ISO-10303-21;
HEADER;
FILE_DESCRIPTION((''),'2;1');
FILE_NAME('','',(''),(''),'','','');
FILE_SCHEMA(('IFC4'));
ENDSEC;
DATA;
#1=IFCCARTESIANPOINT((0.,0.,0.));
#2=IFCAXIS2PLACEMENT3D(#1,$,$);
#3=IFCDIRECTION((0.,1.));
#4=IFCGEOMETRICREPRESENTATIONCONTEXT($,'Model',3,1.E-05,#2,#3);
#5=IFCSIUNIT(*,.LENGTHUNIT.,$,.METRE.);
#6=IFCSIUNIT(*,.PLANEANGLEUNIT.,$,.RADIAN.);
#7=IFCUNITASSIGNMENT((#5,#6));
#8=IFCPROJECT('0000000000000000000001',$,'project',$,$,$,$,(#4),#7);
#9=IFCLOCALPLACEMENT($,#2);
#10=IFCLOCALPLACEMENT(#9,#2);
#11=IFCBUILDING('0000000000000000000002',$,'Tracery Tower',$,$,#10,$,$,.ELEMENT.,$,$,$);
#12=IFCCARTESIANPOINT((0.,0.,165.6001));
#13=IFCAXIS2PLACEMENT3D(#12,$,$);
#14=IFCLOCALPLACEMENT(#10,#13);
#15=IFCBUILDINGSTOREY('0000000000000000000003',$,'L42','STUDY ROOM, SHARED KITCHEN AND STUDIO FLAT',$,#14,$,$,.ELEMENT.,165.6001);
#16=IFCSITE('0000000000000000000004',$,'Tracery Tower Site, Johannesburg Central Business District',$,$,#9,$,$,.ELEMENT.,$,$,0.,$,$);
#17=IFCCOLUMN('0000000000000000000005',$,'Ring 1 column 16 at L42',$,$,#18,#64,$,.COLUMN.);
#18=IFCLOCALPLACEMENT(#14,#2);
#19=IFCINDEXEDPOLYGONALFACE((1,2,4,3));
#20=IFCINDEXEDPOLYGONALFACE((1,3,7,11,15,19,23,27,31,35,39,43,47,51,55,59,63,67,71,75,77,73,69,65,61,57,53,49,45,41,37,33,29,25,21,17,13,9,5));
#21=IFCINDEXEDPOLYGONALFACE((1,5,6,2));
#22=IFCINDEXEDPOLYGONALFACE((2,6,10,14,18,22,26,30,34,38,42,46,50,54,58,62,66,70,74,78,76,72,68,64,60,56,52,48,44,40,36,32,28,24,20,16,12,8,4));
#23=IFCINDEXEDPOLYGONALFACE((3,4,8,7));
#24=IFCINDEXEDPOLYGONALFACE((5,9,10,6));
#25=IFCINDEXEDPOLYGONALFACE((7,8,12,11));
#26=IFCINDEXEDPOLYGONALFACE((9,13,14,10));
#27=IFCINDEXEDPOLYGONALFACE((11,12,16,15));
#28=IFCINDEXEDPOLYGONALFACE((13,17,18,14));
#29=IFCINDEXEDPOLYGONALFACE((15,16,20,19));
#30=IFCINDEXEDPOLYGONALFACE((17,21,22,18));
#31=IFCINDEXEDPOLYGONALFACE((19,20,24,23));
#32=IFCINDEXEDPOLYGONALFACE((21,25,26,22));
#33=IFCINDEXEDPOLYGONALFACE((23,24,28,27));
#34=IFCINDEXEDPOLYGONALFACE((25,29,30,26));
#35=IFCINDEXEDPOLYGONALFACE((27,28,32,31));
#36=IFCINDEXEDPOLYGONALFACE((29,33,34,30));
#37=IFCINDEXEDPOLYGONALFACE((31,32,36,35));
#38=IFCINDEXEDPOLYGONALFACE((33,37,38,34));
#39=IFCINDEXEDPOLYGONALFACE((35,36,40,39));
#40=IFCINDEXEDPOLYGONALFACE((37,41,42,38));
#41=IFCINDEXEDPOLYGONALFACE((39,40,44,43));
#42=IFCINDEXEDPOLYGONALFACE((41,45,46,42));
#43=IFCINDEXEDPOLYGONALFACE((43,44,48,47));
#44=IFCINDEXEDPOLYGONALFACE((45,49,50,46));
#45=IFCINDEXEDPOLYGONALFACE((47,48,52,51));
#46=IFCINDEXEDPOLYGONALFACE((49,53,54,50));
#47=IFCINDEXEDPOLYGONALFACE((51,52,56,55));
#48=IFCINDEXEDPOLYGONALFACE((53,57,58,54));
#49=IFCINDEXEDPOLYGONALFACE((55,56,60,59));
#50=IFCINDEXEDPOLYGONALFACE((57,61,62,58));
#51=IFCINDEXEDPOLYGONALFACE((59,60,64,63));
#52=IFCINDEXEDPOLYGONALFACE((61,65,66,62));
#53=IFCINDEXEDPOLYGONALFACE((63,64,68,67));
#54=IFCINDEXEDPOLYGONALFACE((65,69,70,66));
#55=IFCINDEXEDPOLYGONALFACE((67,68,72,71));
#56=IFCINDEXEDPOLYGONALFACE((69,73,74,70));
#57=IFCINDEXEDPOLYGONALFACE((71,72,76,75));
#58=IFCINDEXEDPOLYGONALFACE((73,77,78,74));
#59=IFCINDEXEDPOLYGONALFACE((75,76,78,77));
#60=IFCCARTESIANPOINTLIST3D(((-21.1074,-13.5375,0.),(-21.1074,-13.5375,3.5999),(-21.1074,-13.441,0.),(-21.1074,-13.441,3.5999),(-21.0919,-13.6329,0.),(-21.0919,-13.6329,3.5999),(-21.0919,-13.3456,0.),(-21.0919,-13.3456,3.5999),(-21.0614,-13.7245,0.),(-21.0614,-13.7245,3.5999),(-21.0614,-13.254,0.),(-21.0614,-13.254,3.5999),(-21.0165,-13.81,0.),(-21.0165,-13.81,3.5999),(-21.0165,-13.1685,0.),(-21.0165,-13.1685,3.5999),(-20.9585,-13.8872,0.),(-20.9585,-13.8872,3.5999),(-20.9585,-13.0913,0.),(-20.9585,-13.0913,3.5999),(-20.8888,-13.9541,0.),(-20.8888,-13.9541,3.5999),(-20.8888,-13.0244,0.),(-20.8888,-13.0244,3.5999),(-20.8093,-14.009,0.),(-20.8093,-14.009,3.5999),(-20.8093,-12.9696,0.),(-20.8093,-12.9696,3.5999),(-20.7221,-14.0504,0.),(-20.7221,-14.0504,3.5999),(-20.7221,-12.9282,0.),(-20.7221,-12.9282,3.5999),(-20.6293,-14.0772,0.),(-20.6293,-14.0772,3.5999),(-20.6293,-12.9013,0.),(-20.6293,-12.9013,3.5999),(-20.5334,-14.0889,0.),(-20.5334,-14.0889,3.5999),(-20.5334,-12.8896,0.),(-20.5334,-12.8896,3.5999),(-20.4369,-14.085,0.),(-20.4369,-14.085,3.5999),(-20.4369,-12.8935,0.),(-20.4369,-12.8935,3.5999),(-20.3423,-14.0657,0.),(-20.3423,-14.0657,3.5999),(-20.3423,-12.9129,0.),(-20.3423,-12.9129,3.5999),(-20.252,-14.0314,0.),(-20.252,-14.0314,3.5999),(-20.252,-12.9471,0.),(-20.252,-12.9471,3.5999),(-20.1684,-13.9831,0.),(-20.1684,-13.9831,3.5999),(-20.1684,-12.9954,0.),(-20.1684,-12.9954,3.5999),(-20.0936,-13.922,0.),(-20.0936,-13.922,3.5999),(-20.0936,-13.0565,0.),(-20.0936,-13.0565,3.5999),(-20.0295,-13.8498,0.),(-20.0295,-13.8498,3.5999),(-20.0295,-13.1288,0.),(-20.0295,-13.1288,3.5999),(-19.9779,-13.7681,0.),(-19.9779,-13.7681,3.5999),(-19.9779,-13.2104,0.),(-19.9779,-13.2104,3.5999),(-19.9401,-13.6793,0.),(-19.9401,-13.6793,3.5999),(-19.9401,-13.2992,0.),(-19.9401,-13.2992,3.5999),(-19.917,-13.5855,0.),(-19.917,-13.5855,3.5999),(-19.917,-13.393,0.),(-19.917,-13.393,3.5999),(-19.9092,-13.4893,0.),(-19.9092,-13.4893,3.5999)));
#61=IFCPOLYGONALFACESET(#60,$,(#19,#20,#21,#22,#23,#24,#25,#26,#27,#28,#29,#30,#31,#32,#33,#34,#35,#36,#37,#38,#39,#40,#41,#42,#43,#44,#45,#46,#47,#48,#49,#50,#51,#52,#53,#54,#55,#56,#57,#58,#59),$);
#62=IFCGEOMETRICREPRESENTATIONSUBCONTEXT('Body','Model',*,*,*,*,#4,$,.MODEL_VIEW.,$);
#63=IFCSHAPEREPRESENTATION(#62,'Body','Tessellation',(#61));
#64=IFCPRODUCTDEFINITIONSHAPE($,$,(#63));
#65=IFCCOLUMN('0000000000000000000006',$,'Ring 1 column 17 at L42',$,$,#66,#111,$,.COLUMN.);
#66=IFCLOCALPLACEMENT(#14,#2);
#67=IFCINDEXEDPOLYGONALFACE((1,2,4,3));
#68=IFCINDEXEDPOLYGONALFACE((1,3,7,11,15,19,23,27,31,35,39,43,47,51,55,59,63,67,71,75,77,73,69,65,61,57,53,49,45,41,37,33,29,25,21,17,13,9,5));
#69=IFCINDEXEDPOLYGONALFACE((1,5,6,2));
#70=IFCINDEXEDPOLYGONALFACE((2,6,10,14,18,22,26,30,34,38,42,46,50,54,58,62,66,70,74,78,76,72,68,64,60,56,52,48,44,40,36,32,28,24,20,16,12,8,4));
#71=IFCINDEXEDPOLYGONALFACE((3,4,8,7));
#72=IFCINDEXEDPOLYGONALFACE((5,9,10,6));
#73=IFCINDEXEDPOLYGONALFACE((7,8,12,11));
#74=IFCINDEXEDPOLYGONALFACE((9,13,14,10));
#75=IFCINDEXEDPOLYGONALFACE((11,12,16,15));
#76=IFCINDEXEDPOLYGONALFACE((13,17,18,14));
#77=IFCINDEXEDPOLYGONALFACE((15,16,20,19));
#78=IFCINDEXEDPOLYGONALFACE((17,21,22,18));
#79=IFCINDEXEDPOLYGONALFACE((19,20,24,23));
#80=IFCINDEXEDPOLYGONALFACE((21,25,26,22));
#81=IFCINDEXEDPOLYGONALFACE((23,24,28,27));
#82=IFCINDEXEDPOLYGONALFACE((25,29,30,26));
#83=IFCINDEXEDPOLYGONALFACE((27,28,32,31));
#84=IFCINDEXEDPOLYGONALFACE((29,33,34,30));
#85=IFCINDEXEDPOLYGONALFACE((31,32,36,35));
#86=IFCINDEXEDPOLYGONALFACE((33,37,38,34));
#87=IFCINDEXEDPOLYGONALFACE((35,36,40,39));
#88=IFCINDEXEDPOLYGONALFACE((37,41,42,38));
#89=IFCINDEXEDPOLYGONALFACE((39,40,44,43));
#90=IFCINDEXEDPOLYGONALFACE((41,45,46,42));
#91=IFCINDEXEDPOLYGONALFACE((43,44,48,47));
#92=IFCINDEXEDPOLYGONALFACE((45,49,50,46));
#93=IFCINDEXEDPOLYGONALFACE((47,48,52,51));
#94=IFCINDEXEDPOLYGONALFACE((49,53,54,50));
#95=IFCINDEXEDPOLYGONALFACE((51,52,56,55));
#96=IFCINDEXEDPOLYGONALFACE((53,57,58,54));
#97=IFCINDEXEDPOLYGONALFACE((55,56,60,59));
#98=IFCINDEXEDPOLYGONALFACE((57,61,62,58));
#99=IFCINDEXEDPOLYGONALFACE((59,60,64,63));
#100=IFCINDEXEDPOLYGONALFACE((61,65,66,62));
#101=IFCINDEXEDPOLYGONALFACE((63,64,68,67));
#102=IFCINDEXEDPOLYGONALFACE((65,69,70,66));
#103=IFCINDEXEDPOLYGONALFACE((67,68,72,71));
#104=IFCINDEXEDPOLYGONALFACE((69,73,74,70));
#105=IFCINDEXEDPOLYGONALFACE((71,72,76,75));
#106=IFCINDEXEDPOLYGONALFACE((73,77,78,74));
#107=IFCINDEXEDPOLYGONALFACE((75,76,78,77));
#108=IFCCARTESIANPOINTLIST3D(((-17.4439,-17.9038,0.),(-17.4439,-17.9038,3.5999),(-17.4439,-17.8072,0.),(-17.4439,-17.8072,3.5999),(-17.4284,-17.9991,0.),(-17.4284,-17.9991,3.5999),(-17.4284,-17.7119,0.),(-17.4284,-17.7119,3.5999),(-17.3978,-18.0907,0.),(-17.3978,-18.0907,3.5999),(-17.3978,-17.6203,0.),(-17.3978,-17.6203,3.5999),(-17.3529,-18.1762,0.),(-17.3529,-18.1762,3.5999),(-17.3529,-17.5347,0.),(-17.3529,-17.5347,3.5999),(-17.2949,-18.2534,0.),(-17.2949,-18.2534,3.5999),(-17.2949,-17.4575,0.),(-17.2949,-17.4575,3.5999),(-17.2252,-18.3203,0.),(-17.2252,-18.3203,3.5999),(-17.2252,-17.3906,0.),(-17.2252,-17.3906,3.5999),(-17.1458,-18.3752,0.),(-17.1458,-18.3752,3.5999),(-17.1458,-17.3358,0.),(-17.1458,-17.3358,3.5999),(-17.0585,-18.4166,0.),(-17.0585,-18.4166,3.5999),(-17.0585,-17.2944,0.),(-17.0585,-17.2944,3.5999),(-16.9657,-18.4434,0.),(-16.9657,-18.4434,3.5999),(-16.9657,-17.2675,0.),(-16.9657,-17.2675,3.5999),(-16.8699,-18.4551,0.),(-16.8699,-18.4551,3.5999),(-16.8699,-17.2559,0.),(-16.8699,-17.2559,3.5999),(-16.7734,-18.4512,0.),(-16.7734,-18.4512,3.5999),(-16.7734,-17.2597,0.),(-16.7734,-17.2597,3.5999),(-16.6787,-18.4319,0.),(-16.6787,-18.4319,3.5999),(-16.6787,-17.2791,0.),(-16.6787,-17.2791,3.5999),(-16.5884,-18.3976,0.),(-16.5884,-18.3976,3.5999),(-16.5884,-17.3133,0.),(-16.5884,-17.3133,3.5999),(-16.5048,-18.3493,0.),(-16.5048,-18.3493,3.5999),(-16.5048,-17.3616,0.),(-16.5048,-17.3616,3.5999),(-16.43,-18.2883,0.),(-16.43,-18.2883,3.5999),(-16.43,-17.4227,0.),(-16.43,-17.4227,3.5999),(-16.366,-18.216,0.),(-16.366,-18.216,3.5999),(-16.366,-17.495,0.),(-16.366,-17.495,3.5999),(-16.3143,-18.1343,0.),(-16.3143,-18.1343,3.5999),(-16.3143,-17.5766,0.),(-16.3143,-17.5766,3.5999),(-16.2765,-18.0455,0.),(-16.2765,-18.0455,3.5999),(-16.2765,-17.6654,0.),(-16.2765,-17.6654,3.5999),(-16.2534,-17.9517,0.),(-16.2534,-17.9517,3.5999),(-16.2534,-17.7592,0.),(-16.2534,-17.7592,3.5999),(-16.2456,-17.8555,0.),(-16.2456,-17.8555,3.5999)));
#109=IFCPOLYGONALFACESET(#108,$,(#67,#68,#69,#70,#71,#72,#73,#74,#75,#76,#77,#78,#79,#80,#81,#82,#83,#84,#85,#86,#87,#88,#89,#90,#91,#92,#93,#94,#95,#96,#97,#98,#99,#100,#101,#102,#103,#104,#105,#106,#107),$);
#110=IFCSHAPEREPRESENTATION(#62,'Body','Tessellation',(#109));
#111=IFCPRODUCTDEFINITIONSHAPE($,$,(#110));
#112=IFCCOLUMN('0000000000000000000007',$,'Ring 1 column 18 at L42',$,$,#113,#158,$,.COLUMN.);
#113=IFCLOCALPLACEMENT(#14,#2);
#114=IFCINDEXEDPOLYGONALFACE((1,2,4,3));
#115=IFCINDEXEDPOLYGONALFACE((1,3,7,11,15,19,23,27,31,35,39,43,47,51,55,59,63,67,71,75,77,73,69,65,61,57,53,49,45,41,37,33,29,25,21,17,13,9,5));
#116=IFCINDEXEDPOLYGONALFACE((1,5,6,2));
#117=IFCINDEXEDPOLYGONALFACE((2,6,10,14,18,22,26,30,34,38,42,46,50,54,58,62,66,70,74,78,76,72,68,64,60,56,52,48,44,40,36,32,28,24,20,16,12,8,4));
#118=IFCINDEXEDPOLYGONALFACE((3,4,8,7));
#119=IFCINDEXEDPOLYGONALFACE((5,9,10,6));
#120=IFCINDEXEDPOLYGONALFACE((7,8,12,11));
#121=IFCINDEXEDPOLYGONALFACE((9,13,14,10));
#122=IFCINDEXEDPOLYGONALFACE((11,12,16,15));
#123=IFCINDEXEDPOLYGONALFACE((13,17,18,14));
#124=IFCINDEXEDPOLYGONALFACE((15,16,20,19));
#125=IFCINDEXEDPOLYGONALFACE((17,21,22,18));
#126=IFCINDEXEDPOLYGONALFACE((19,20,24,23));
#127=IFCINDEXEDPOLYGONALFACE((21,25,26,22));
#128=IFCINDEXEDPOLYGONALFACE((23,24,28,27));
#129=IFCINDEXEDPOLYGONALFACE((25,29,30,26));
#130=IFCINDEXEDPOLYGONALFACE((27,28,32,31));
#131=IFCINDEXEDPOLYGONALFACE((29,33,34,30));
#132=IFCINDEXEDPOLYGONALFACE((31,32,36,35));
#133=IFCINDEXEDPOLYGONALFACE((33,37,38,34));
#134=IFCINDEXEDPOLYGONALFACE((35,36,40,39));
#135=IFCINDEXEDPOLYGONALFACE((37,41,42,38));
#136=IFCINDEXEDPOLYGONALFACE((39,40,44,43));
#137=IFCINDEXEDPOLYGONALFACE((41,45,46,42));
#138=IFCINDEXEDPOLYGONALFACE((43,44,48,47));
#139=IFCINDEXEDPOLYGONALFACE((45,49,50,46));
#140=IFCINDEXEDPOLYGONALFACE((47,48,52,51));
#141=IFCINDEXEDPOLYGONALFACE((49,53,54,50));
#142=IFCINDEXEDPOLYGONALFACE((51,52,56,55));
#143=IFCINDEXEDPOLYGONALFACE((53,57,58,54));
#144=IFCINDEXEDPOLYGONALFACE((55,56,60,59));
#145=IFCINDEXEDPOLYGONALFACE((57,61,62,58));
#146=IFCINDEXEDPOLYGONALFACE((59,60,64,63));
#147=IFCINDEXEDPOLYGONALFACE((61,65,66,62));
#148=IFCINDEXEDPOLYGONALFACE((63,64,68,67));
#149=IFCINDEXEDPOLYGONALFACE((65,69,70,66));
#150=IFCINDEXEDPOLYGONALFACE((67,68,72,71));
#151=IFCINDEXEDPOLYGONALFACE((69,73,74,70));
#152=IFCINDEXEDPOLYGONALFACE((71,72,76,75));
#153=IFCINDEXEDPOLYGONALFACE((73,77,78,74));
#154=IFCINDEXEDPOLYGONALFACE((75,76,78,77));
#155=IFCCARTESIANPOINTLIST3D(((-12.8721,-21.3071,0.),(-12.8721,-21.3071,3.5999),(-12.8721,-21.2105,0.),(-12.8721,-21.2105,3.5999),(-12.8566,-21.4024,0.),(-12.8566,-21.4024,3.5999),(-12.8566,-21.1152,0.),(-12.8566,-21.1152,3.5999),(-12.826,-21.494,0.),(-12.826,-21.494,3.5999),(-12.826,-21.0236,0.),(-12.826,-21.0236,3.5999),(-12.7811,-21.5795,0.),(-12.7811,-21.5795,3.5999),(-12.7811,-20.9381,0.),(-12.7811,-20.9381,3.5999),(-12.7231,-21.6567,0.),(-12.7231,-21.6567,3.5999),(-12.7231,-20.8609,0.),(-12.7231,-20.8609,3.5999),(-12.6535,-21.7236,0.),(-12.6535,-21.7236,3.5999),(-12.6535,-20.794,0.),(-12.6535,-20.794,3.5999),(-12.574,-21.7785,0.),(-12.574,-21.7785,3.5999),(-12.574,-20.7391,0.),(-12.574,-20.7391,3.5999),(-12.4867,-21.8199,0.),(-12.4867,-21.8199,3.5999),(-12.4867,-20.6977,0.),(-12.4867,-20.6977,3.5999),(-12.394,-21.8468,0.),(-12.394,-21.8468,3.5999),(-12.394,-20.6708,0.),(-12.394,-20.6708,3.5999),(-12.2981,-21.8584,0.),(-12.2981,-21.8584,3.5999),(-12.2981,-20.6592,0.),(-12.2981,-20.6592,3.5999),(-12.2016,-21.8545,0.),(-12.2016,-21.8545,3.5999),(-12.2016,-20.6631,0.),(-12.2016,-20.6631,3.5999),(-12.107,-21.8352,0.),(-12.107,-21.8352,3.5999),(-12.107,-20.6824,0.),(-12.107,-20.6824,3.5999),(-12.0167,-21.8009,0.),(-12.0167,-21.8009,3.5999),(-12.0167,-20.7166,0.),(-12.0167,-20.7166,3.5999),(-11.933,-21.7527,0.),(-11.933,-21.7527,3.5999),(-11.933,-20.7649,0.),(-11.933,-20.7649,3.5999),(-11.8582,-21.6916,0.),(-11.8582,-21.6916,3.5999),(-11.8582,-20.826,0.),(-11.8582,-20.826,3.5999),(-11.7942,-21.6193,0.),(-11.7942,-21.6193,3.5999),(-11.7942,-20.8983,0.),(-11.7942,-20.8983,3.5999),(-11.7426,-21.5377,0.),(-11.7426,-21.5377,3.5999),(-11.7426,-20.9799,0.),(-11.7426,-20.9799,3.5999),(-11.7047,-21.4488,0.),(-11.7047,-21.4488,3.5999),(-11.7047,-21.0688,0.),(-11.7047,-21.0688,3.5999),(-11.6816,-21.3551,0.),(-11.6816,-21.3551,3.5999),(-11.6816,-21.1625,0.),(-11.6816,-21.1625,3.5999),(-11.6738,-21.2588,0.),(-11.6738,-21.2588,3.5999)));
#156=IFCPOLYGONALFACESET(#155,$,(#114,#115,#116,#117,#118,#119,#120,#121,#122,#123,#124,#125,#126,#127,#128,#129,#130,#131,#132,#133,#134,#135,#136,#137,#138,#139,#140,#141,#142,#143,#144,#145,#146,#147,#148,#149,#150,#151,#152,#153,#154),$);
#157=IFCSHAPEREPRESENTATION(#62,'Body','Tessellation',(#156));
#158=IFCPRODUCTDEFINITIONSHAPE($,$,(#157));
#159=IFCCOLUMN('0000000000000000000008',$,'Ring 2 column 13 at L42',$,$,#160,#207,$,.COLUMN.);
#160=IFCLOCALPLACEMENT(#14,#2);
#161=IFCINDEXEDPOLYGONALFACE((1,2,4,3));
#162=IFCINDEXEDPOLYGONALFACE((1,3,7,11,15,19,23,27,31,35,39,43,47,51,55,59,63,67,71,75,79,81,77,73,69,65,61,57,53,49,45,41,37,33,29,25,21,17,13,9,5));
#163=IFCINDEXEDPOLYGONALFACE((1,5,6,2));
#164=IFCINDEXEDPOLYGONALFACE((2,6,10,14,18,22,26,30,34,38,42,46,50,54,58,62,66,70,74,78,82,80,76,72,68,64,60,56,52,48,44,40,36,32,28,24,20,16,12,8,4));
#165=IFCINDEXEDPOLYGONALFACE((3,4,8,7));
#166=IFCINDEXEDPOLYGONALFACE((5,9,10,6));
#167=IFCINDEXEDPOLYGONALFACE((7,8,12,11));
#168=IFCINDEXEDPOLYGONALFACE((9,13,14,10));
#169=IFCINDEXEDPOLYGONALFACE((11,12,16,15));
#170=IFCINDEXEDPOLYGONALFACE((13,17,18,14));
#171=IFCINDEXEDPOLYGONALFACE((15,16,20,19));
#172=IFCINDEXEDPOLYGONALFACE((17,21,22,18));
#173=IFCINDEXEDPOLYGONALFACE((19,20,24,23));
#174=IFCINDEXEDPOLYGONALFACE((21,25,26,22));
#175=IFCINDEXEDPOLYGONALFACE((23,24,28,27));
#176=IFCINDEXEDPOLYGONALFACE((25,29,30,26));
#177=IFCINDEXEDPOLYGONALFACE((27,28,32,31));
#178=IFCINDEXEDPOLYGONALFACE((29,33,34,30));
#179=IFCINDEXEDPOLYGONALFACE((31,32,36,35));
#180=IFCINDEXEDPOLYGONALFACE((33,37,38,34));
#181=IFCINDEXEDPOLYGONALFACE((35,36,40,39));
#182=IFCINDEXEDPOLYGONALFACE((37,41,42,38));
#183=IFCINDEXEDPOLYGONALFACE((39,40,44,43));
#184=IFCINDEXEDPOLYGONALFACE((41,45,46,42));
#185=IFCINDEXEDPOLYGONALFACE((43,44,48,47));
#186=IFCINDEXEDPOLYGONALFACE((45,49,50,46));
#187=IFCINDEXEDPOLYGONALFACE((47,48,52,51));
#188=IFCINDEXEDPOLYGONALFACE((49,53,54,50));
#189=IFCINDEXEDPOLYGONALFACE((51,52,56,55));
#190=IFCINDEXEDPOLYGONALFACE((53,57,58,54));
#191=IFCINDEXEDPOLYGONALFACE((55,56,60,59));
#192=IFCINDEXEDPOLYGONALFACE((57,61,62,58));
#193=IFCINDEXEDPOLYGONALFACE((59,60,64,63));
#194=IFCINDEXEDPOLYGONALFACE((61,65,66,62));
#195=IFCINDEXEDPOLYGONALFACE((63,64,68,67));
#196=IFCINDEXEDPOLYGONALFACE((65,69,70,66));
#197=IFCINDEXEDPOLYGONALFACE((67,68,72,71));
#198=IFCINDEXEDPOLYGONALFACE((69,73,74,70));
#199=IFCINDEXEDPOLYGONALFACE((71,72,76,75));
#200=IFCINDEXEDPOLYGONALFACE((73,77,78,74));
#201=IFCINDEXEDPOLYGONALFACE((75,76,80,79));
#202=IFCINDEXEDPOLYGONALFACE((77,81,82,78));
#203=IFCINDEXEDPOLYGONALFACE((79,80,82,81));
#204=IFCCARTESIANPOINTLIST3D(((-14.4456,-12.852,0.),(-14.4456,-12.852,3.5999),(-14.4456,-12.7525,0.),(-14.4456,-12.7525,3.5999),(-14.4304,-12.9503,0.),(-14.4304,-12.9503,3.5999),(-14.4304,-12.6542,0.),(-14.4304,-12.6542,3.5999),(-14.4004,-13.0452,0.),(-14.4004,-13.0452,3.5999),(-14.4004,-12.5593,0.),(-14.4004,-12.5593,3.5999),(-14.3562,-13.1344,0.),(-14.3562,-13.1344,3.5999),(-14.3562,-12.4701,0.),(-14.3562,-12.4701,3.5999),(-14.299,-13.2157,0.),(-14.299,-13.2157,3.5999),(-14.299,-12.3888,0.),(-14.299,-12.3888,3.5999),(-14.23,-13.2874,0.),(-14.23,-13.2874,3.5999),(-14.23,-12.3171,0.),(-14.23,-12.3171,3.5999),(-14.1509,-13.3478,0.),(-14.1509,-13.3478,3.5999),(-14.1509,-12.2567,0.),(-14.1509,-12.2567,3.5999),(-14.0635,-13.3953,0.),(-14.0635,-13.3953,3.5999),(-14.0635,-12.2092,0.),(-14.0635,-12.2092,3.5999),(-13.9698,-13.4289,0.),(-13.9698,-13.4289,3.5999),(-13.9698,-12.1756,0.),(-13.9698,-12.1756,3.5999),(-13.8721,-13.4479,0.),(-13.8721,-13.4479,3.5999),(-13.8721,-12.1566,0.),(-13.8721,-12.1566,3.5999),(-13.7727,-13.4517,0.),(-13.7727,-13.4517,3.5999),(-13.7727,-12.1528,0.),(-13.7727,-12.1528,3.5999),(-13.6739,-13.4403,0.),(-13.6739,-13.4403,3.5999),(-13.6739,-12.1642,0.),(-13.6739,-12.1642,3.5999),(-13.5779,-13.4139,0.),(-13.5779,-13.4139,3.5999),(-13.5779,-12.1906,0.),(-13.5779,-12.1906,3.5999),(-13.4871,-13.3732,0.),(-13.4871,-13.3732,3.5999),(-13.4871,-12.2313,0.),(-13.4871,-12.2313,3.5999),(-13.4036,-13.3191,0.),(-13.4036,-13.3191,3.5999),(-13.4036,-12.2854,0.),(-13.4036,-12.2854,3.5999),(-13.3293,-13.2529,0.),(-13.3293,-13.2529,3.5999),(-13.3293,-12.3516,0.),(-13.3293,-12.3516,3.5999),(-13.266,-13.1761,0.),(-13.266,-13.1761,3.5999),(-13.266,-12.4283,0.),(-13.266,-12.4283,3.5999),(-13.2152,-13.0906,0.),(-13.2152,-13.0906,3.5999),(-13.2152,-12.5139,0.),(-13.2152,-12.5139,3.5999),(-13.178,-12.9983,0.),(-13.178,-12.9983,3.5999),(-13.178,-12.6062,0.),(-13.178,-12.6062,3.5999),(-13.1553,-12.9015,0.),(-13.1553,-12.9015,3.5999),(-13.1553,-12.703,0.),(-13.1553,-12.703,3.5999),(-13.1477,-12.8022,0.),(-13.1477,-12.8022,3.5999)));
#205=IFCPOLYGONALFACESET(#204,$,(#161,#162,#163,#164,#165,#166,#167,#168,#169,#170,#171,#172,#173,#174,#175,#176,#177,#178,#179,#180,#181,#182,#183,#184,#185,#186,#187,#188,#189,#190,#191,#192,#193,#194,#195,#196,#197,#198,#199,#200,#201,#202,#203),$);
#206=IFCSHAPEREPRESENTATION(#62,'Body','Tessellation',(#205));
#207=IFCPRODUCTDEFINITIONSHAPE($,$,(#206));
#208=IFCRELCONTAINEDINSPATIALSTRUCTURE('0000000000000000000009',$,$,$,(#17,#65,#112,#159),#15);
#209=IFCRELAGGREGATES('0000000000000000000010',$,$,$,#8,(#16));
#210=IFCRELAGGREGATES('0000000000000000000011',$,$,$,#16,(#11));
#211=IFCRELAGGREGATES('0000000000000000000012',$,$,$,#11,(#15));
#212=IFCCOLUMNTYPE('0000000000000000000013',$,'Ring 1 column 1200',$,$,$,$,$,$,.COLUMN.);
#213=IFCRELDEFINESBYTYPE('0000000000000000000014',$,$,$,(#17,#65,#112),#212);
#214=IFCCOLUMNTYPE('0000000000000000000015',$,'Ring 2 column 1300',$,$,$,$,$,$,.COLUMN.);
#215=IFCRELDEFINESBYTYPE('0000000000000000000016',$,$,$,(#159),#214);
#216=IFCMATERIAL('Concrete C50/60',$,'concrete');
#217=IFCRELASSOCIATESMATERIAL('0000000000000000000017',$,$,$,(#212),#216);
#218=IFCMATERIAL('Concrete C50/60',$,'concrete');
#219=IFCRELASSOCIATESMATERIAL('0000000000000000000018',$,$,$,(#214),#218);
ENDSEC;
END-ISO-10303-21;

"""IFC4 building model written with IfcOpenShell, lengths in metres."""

from ifc_helpers import new_model, si_unit, direction, frame, origin, origin_2d, place, context, subcontext, project, spatial, circle, extrude, material, material_profile, profile_set, type_object, element, save


model = new_model("IFC4")

# Units and contexts
model_context = context("Model", 3, precision=1e-05, world=origin(), true_north=direction((0.0, 1.0)))
body_context = subcontext(model_context, "Body", "Model", "MODEL_VIEW")
ifc_project = project(units=[si_unit("LENGTHUNIT", "METRE"), si_unit("PLANEANGLEUNIT", "RADIAN")], contexts=[model_context])

# Site, building, storey
site_placement = place(None, origin())
site = spatial("IfcSite", under=ifc_project, at=site_placement, Name="Tracery Tower Site, Johannesburg Central Business District", CompositionType="ELEMENT", RefElevation=0.0)
building_placement = place(site_placement, origin())
building = spatial("IfcBuilding", under=site, at=building_placement, Name="Tracery Tower", CompositionType="ELEMENT")
storey_placement = place(building_placement, frame((0.0, 0.0, 165.6001)))
storey = spatial("IfcBuildingStorey", under=building, at=storey_placement, Name="L42", Description="STUDY ROOM, SHARED KITCHEN AND STUDIO FLAT", CompositionType="ELEMENT", Elevation=165.6001)

# Columns
ifc_material_1 = material(Name="Concrete C50/60", Category="concrete")
ifc_material_profile_1 = material_profile(ifc_material_1, circle(Radius=0.6001, at=origin_2d()), Name="RC D1200")
ifc_profile_set_1 = profile_set([ifc_material_profile_1], Name="Concrete C50/60")
column_type_1 = type_object("IfcColumnType", Name="Ring 1 column 1200", PredefinedType="COLUMN", material=ifc_profile_set_1)
for number, where, z_axis, x_axis, name in (
    (1, (-20.5093, -13.4893, 0.0), (0.0, 0.0, 1.0), (1.0, 0.0, 0.0), "Ring 1 column 16 at L42"),
    (2, (-16.8457, -17.8555, 0.0), (0.0, 0.0, 1.0), (1.0, 0.0, 0.0), "Ring 1 column 17 at L42"),
    (3, (-12.2739, -21.2588, 0.0), (0.0, 0.0, 1.0), (1.0, 0.0, 0.0), "Ring 1 column 18 at L42"),
):
    element("IfcColumn", number, at=place(storey_placement, frame(where, z_axis=z_axis, x_axis=x_axis)), inside=storey, type_object=column_type_1, Name=name, PredefinedType="COLUMN", context=body_context, shape_type="SweptSolid", body=[
        extrude(circle(Radius=0.6001, at=origin_2d()), origin(), (0.0, 0.0, 1.0), 3.5999),
    ])
ifc_material_2 = material(Name="Concrete C50/60", Category="concrete")
ifc_material_profile_2 = material_profile(ifc_material_2, circle(Radius=0.6499, at=origin_2d()), Name="RC D1300")
ifc_profile_set_2 = profile_set([ifc_material_profile_2], Name="Concrete C50/60")
column_type_2 = type_object("IfcColumnType", Name="Ring 2 column 1300", PredefinedType="COLUMN", material=ifc_profile_set_2)
column_placement = place(storey_placement, frame((-13.7976, -12.8022, 0.0), z_axis=(0.0, 0.0, 1.0), x_axis=(1.0, 0.0, 0.0)))
element("IfcColumn", 4, at=column_placement, inside=storey, type_object=column_type_2, Name="Ring 2 column 13 at L42", PredefinedType="COLUMN", context=body_context, shape_type="SweptSolid", body=[
    extrude(circle(Radius=0.6499, at=origin_2d()), origin(), (0.0, 0.0, 1.0), 3.5999),
])

save(model, "model.ifc")
